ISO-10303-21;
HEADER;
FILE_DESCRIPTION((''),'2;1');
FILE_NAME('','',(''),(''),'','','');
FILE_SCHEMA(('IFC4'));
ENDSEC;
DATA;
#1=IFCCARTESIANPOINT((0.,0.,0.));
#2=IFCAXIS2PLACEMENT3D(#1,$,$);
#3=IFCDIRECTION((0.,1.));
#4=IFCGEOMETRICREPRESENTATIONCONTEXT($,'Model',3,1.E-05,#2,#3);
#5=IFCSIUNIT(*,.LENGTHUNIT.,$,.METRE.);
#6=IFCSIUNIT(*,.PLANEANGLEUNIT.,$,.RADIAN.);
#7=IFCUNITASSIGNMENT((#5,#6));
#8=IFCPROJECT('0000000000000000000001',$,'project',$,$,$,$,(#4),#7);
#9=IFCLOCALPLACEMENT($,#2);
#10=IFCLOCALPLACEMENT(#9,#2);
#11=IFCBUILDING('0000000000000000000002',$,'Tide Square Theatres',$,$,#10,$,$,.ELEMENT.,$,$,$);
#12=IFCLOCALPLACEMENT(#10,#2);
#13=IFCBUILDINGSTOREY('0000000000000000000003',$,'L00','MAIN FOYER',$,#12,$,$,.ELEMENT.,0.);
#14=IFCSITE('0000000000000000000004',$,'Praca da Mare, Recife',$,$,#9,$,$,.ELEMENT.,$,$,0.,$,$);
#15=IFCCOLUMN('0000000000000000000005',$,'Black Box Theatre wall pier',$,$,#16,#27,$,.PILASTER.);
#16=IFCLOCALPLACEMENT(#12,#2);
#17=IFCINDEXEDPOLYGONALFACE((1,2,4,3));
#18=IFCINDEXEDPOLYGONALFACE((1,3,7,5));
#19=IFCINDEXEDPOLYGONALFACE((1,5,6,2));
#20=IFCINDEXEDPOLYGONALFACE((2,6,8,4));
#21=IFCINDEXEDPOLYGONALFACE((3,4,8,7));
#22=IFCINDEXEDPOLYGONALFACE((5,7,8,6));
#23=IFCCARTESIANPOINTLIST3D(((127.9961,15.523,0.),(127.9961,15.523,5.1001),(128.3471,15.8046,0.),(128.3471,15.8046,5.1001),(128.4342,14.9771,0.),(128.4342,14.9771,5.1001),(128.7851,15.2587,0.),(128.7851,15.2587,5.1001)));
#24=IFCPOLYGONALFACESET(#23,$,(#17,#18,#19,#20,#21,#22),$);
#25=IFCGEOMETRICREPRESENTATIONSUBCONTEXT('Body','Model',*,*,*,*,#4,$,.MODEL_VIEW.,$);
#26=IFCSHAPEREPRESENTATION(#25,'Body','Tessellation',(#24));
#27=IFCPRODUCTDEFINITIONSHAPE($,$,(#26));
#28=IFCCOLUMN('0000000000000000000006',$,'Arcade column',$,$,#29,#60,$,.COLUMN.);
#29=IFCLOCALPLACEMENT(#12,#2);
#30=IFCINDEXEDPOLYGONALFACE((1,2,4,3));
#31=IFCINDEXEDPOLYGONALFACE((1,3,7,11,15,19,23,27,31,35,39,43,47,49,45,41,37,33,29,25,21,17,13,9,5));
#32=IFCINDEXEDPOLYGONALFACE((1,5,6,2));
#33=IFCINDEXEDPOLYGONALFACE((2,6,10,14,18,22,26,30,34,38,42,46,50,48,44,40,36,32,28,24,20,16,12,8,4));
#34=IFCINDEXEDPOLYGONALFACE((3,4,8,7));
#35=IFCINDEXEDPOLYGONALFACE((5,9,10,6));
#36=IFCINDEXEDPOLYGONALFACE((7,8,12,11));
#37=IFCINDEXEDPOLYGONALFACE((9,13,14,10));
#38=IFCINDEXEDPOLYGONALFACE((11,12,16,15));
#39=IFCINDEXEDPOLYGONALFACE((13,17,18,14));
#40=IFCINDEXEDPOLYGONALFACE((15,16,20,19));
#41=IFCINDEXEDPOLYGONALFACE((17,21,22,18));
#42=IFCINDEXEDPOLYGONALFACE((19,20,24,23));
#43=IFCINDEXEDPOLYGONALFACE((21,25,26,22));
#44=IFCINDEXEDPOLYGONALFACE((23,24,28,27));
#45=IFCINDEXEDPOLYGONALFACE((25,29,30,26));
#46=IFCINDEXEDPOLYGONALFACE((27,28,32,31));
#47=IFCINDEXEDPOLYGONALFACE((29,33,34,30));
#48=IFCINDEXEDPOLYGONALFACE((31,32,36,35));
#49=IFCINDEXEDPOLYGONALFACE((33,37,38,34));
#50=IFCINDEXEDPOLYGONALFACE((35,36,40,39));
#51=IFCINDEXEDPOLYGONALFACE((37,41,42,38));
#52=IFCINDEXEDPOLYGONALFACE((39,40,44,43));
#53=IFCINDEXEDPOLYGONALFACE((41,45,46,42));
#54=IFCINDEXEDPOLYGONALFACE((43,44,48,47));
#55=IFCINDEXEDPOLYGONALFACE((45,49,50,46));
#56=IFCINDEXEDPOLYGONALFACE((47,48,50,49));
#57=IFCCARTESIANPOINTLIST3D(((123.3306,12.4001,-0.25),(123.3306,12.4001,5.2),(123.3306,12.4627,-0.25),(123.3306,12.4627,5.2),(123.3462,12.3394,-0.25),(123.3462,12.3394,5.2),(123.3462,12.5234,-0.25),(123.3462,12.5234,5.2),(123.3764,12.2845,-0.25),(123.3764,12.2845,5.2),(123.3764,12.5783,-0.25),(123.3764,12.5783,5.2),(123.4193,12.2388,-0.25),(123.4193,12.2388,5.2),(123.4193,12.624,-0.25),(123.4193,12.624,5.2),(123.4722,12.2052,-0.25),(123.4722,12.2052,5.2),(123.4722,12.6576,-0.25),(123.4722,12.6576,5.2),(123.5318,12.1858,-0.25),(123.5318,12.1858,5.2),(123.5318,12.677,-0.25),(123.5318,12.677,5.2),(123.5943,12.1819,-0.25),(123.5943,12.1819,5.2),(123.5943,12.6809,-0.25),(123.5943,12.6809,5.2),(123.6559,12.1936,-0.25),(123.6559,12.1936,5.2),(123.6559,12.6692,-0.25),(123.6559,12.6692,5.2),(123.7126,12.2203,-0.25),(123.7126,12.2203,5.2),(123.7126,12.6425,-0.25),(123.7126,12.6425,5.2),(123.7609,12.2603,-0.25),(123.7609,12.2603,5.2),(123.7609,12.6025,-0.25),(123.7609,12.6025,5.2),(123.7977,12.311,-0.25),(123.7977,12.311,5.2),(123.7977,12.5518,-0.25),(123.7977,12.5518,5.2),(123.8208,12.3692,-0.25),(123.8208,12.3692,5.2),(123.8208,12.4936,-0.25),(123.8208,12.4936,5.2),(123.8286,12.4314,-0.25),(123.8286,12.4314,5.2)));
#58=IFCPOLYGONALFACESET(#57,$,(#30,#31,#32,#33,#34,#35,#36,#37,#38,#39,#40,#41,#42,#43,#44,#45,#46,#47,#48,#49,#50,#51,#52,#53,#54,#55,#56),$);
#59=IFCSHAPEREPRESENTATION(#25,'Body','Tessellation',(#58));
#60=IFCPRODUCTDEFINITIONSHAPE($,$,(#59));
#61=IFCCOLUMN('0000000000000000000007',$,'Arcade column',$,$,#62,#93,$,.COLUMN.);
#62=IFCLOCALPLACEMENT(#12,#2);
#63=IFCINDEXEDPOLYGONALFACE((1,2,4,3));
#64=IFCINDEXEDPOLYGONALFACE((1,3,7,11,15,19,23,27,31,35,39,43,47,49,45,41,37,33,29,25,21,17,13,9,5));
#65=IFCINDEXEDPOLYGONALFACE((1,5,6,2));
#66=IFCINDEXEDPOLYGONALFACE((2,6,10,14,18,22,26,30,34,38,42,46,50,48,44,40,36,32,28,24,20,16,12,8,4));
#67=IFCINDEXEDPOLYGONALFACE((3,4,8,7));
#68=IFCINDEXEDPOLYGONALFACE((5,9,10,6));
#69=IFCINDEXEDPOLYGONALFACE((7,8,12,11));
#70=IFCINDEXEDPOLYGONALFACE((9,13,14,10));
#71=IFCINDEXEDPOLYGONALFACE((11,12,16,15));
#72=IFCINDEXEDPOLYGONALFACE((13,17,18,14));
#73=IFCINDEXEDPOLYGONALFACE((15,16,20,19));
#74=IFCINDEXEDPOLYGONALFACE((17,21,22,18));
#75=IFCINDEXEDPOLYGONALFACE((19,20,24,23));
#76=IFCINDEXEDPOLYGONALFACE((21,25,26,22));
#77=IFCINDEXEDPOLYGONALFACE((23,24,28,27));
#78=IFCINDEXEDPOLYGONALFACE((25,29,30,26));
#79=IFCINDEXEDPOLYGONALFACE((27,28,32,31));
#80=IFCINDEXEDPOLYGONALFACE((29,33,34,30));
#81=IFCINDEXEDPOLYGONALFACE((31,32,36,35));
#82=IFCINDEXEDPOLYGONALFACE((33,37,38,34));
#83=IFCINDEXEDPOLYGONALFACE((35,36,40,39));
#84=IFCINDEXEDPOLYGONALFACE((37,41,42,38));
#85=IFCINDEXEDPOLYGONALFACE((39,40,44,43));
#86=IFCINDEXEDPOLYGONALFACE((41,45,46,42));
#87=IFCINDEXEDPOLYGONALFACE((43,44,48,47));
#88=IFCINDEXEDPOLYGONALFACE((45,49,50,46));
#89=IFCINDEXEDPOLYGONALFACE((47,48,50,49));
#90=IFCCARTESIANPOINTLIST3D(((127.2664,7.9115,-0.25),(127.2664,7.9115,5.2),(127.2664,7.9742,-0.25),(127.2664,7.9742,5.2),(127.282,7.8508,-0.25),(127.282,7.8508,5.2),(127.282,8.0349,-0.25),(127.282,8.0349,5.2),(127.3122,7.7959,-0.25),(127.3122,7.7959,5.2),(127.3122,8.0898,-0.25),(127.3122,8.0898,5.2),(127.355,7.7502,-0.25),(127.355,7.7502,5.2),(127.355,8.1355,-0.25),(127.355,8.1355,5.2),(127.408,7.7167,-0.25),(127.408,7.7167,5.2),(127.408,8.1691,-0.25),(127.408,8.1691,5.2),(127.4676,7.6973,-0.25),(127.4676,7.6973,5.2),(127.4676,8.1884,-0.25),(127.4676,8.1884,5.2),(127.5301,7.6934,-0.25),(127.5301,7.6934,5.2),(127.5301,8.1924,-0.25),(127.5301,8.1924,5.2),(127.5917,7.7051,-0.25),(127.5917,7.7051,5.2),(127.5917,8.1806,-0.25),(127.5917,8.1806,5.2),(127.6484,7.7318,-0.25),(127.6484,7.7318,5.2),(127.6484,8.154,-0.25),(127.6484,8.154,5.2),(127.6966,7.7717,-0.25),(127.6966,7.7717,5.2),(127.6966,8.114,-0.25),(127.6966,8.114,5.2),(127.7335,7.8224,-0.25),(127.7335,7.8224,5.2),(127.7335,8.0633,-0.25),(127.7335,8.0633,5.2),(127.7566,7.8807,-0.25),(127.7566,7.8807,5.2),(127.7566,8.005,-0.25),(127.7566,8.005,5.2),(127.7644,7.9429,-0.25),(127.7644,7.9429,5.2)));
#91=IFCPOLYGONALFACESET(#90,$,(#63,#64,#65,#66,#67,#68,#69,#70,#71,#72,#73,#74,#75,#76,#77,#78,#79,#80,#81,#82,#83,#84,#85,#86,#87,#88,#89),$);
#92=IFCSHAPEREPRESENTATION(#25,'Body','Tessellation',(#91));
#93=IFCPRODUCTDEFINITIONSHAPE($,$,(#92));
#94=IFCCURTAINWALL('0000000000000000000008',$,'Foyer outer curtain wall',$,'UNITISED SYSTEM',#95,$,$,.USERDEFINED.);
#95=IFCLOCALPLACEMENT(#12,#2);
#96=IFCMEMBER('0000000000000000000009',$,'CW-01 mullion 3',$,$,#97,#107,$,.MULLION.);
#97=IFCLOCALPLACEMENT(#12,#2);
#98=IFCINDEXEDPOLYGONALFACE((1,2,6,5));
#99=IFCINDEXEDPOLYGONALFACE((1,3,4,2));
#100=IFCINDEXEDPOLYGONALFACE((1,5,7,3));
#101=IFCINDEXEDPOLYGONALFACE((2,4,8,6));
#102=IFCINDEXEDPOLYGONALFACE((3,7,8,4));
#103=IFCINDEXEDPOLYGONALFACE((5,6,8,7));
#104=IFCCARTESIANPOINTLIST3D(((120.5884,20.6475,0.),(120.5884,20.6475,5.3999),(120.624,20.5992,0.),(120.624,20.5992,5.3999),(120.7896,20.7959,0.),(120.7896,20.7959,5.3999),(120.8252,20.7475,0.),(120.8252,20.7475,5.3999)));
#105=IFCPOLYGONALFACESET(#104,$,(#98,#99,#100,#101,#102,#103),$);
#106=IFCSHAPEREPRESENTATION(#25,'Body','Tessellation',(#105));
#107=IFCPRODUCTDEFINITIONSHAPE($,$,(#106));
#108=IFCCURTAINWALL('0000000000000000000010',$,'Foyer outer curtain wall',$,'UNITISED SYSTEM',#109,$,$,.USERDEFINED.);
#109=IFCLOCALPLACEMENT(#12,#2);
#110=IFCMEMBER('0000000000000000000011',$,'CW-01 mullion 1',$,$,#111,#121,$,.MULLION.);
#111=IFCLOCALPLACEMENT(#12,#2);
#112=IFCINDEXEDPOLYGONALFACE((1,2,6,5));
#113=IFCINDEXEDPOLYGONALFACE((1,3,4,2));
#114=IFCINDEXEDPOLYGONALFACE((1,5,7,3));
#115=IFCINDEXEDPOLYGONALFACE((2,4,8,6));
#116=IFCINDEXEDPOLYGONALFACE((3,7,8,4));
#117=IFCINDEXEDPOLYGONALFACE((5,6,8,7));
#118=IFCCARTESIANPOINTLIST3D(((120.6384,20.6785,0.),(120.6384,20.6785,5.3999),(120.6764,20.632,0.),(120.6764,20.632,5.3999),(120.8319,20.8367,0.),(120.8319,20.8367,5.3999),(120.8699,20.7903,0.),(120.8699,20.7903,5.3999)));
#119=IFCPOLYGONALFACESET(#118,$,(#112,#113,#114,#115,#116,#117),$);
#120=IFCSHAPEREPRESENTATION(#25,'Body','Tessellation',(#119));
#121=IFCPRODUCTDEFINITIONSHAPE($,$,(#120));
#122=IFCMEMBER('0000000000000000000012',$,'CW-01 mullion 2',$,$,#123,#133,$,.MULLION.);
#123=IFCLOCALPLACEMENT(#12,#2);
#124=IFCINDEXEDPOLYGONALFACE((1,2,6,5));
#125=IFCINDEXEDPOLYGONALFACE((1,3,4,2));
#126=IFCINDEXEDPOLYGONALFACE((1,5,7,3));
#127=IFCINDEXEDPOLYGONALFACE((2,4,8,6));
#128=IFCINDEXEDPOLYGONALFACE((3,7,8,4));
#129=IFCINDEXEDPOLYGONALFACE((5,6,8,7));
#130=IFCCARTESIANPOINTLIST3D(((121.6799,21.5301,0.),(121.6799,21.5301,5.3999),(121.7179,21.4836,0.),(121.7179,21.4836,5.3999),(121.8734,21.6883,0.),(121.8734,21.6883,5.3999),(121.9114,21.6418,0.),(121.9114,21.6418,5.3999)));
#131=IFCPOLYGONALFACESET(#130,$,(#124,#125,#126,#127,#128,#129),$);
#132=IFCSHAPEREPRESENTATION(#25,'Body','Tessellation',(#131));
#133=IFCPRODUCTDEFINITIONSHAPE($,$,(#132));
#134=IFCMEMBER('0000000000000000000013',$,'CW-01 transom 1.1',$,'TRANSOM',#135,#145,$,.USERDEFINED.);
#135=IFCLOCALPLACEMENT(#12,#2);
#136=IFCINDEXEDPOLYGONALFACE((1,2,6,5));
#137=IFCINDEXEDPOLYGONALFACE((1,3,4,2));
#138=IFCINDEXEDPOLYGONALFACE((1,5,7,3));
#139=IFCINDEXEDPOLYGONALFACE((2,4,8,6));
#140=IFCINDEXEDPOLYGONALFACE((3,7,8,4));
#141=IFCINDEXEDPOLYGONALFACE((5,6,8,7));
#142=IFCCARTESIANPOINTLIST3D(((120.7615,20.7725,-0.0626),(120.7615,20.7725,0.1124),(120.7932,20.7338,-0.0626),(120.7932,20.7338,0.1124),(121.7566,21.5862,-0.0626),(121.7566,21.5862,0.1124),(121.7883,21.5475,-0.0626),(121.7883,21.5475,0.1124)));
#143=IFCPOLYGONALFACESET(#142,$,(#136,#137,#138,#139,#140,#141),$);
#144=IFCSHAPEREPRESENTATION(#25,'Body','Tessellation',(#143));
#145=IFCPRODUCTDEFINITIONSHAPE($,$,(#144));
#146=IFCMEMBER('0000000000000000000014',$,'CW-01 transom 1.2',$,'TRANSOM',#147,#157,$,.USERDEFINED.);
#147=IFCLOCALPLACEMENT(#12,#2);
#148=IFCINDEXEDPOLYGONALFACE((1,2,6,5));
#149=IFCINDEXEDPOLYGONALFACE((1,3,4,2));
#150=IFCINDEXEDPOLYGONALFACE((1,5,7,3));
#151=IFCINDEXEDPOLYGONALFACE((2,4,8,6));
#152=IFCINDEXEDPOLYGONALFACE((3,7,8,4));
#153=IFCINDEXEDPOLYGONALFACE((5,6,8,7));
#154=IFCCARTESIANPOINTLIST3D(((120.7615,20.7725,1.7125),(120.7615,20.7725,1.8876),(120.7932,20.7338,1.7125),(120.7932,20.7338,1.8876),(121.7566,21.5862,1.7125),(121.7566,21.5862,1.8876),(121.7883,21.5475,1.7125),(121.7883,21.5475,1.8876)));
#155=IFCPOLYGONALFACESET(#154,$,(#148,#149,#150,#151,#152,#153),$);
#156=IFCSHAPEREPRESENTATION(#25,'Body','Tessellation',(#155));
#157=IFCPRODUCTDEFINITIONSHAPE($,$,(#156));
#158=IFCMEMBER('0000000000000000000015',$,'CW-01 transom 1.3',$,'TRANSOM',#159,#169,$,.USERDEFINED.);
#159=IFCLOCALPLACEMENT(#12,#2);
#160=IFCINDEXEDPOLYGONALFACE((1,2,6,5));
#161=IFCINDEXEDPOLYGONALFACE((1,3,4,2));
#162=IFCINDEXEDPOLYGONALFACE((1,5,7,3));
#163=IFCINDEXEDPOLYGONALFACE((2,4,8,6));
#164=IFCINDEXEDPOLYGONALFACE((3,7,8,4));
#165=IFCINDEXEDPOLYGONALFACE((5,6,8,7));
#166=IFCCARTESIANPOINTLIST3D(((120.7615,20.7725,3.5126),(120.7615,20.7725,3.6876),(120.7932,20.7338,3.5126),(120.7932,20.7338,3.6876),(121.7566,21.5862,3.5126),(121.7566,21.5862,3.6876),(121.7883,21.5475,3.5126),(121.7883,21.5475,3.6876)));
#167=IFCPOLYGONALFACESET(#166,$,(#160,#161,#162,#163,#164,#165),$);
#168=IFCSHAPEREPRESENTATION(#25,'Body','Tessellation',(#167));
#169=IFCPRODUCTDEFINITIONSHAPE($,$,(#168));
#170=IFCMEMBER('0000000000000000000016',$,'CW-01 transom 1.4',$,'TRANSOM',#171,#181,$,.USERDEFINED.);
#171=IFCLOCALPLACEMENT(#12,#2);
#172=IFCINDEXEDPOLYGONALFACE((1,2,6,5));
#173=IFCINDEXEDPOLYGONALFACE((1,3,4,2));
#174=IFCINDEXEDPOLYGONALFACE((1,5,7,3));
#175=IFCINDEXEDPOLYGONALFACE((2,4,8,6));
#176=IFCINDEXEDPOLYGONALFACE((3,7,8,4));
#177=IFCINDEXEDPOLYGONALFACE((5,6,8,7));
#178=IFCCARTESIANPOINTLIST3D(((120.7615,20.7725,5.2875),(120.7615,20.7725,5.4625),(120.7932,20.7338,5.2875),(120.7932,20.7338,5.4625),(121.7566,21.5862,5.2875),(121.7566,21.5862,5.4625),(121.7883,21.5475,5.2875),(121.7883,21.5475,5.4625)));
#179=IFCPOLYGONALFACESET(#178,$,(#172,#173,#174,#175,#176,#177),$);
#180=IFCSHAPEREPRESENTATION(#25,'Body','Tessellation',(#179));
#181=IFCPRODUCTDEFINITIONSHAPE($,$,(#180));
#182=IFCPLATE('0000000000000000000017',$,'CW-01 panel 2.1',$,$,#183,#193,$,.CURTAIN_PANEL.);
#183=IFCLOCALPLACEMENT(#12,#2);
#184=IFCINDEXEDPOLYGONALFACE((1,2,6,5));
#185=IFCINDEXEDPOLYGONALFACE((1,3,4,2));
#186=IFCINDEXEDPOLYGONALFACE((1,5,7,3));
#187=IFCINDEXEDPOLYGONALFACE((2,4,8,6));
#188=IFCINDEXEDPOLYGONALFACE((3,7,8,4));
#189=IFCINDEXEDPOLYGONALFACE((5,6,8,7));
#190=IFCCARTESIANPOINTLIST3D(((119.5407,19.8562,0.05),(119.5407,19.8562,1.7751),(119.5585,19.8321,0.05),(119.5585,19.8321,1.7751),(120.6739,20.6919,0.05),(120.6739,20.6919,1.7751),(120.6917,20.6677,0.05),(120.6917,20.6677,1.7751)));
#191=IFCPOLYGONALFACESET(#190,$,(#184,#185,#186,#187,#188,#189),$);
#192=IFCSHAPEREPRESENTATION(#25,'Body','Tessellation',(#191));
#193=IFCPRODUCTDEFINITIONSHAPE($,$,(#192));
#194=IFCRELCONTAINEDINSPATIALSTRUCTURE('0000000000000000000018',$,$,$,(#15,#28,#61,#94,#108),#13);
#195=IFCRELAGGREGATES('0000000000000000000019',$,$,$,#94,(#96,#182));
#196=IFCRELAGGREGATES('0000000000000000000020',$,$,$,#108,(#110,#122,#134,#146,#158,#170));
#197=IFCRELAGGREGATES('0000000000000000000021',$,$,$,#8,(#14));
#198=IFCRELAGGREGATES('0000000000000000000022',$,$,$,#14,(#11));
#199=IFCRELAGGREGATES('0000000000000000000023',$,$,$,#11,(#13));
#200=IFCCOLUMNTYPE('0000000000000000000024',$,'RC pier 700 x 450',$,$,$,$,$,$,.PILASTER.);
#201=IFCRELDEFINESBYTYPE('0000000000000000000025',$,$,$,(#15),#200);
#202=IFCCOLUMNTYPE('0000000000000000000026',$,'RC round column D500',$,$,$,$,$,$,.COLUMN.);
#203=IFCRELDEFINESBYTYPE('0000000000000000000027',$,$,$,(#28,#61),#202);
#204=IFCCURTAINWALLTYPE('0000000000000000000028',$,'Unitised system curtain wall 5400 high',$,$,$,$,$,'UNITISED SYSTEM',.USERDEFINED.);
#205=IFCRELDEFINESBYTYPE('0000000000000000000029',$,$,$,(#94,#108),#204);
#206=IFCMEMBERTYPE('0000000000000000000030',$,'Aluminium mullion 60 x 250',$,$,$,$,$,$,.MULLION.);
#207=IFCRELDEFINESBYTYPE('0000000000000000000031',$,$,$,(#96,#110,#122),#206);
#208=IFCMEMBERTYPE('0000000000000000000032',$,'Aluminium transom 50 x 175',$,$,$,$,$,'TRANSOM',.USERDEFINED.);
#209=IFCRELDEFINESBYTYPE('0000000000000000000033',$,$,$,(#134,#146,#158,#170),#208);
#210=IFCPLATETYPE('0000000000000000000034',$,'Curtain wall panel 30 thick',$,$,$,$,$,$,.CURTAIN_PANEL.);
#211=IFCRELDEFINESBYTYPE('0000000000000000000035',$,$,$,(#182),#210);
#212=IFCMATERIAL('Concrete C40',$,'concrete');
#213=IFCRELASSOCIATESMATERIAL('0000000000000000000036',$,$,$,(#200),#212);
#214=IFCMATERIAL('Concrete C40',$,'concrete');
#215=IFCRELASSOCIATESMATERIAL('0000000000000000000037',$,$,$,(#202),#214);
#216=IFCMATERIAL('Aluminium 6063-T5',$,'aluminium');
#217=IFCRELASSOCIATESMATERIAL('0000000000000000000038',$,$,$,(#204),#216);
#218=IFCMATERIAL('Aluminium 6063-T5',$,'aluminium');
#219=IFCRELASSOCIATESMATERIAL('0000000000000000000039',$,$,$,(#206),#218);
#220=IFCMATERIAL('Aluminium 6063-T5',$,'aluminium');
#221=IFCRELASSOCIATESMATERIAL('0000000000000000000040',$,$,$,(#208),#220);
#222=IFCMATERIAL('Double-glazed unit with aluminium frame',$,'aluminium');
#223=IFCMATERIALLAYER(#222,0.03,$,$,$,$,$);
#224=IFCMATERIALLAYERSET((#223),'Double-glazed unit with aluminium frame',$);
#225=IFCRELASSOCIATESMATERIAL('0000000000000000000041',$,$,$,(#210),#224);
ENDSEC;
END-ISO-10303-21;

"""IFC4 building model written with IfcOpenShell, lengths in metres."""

from ifc_helpers import new_model, si_unit, direction, frame, origin, origin_2d, place, context, subcontext, project, spatial, rectangle, circle, extrude, material, layer, layer_set, material_profile, profile_set, type_object, element, aggregate, save


model = new_model("IFC4")

# Units and contexts
model_context = context("Model", 3, precision=1e-05, world=origin(), true_north=direction((0.0, 1.0)))
body_context = subcontext(model_context, "Body", "Model", "MODEL_VIEW")
ifc_project = project(units=[si_unit("LENGTHUNIT", "METRE"), si_unit("PLANEANGLEUNIT", "RADIAN")], contexts=[model_context])

# Site, building, storey
site_placement = place(None, origin())
site = spatial("IfcSite", under=ifc_project, at=site_placement, Name="Praca da Mare, Recife", CompositionType="ELEMENT", RefElevation=0.0)
building_placement = place(site_placement, origin())
building = spatial("IfcBuilding", under=site, at=building_placement, Name="Tide Square Theatres", CompositionType="ELEMENT")
storey_placement = place(building_placement, origin())
storey = spatial("IfcBuildingStorey", under=building, at=storey_placement, Name="L00", Description="MAIN FOYER", CompositionType="ELEMENT", Elevation=0.0)

# Columns
ifc_material_1 = material(Name="Concrete C40", Category="concrete")
ifc_material_profile_1 = material_profile(ifc_material_1, rectangle(XDim=0.7, YDim=0.45, at=origin_2d()))
ifc_profile_set_1 = profile_set([ifc_material_profile_1], Name="Concrete C40")
column_type_1 = type_object("IfcColumnType", Name="RC pier 700 x 450", PredefinedType="PILASTER", material=ifc_profile_set_1)
column_placement = place(storey_placement, frame((128.3906, 15.3909, 0.0), z_axis=(0.0, 0.0, 1.0), x_axis=(0.625819, -0.779968, 0.0)))
element("IfcColumn", 1, at=column_placement, inside=storey, type_object=column_type_1, Name="Black Box Theatre wall pier", PredefinedType="PILASTER", context=body_context, shape_type="SweptSolid", body=[
    extrude(rectangle(XDim=0.7, YDim=0.45, at=origin_2d()), origin(), (0.0, 0.0, 1.0), 5.1001),
])
ifc_material_2 = material(Name="Concrete C40", Category="concrete")
ifc_material_profile_2 = material_profile(ifc_material_2, circle(Radius=0.25, at=origin_2d()))
ifc_profile_set_2 = profile_set([ifc_material_profile_2], Name="Concrete C40")
column_type_2 = type_object("IfcColumnType", Name="RC round column D500", PredefinedType="COLUMN", material=ifc_profile_set_2)
for number, where, z_axis, x_axis, name in (
    (2, (123.5786, 12.4314, -0.25), (0.0, 0.0, 1.0), (1.0, 0.0, 0.0), "Arcade column"),
    (3, (127.5144, 7.9429, -0.25), (0.0, 0.0, 1.0), (1.0, 0.0, 0.0), "Arcade column"),
):
    element("IfcColumn", number, at=place(storey_placement, frame(where, z_axis=z_axis, x_axis=x_axis)), inside=storey, type_object=column_type_2, Name=name, PredefinedType="COLUMN", context=body_context, shape_type="SweptSolid", body=[
        extrude(circle(Radius=0.25, at=origin_2d()), origin(), (0.0, 0.0, 1.0), 5.45),
    ])

# Curtain wall, member
ifc_material_3 = material(Name="Aluminium 6063-T5", Category="aluminium")
curtain_wall_type = type_object("IfcCurtainWallType", Name="Unitised system curtain wall 5400 high", ElementType="UNITISED SYSTEM", PredefinedType="USERDEFINED", material=ifc_material_3)
curtain_wall_1_placement = place(storey_placement, origin())
curtain_wall_1 = element("IfcCurtainWall", 4, at=curtain_wall_1_placement, inside=storey, type_object=curtain_wall_type, Name="Foyer outer curtain wall", ObjectType="UNITISED SYSTEM", PredefinedType="USERDEFINED")
ifc_material_4 = material(Name="Aluminium 6063-T5", Category="aluminium")
ifc_material_profile_3 = material_profile(ifc_material_4, rectangle(XDim=0.0601, YDim=0.25, at=origin_2d()))
ifc_profile_set_3 = profile_set([ifc_material_profile_3], Name="Aluminium 6063-T5")
member_type_1 = type_object("IfcMemberType", Name="Aluminium mullion 60 x 250", PredefinedType="MULLION", material=ifc_profile_set_3)
member_1_placement = place(storey_placement, frame((120.7068, 20.6975, 0.0), z_axis=(0.0, 0.0, 1.0), x_axis=(-0.593508, 0.804828, 0.0)))
member_1 = element("IfcMember", 5, at=member_1_placement, type_object=member_type_1, Name="CW-01 mullion 3", PredefinedType="MULLION", context=body_context, shape_type="SweptSolid", body=[
    extrude(rectangle(XDim=0.0601, YDim=0.25, at=origin_2d()), origin(), (0.0, 0.0, 1.0), 5.3999),
])

# Curtain wall, members
curtain_wall_2_placement = place(storey_placement, origin())
curtain_wall_2 = element("IfcCurtainWall", 6, at=curtain_wall_2_placement, inside=storey, type_object=curtain_wall_type, Name="Foyer outer curtain wall", ObjectType="UNITISED SYSTEM", PredefinedType="USERDEFINED")
member_2_placement = place(storey_placement, frame((120.7542, 20.7344, 0.0), z_axis=(0.0, 0.0, 1.0), x_axis=(-0.633026, 0.774131, 0.0)))
member_2 = element("IfcMember", 7, at=member_2_placement, type_object=member_type_1, Name="CW-01 mullion 1", PredefinedType="MULLION", context=body_context, shape_type="SweptSolid", body=[
    extrude(rectangle(XDim=0.0601, YDim=0.25, at=origin_2d()), origin(), (0.0, 0.0, 1.0), 5.3999),
])
member_3_placement = place(storey_placement, frame((121.7957, 21.5859, 0.0), z_axis=(0.0, 0.0, 1.0), x_axis=(-0.633026, 0.774131, 0.0)))
member_3 = element("IfcMember", 8, at=member_3_placement, type_object=member_type_1, Name="CW-01 mullion 2", PredefinedType="MULLION", context=body_context, shape_type="SweptSolid", body=[
    extrude(rectangle(XDim=0.0601, YDim=0.25, at=origin_2d()), origin(), (0.0, 0.0, 1.0), 5.3999),
])
ifc_material_5 = material(Name="Aluminium 6063-T5", Category="aluminium")
ifc_material_profile_4 = material_profile(ifc_material_5, rectangle(XDim=0.05, YDim=0.175, at=origin_2d()))
ifc_profile_set_4 = profile_set([ifc_material_profile_4], Name="Aluminium 6063-T5")
member_type_2 = type_object("IfcMemberType", Name="Aluminium transom 50 x 175", ElementType="TRANSOM", PredefinedType="USERDEFINED", material=ifc_profile_set_4)
member_4_placement = place(storey_placement, frame((120.7773, 20.7532, 0.0249), z_axis=(0.774135, 0.633021, 0.0), x_axis=(-0.633021, 0.774135, 0.0)))
member_4 = element("IfcMember", 9, at=member_4_placement, type_object=member_type_2, Name="CW-01 transom 1.1", ObjectType="TRANSOM", PredefinedType="USERDEFINED", context=body_context, shape_type="SweptSolid", body=[
    extrude(rectangle(XDim=0.05, YDim=0.175, at=origin_2d()), origin(), (0.0, 0.0, 1.0), 1.2854),
])
member_5_placement = place(storey_placement, frame((120.7773, 20.7532, 1.8), z_axis=(0.774135, 0.633021, 0.0), x_axis=(-0.633021, 0.774135, 0.0)))
member_5 = element("IfcMember", 10, at=member_5_placement, type_object=member_type_2, Name="CW-01 transom 1.2", ObjectType="TRANSOM", PredefinedType="USERDEFINED", context=body_context, shape_type="SweptSolid", body=[
    extrude(rectangle(XDim=0.05, YDim=0.175, at=origin_2d()), origin(), (0.0, 0.0, 1.0), 1.2854),
])
member_6_placement = place(storey_placement, frame((120.7773, 20.7532, 3.6001), z_axis=(0.774135, 0.633021, 0.0), x_axis=(-0.633021, 0.774135, 0.0)))
member_6 = element("IfcMember", 11, at=member_6_placement, type_object=member_type_2, Name="CW-01 transom 1.3", ObjectType="TRANSOM", PredefinedType="USERDEFINED", context=body_context, shape_type="SweptSolid", body=[
    extrude(rectangle(XDim=0.05, YDim=0.175, at=origin_2d()), origin(), (0.0, 0.0, 1.0), 1.2854),
])
member_7_placement = place(storey_placement, frame((120.7773, 20.7532, 5.375), z_axis=(0.774135, 0.633021, 0.0), x_axis=(-0.633021, 0.774135, 0.0)))
member_7 = element("IfcMember", 12, at=member_7_placement, type_object=member_type_2, Name="CW-01 transom 1.4", ObjectType="TRANSOM", PredefinedType="USERDEFINED", context=body_context, shape_type="SweptSolid", body=[
    extrude(rectangle(XDim=0.05, YDim=0.175, at=origin_2d()), origin(), (0.0, 0.0, 1.0), 1.2854),
])

# Plate
ifc_material_6 = material(Name="Double-glazed unit with aluminium frame", Category="aluminium")
ifc_layer_1 = layer(ifc_material_6, 0.03)
ifc_layer_set_1 = layer_set([ifc_layer_1], Name="Double-glazed unit with aluminium frame")
plate_type = type_object("IfcPlateType", Name="Curtain wall panel 30 thick", PredefinedType="CURTAIN_PANEL", material=ifc_layer_set_1)
plate_1_placement = place(storey_placement, frame((120.1162, 20.262, 0.05), z_axis=(0.0, 0.0, 1.0), x_axis=(0.804828, 0.593508, 0.0)))
plate_1 = element("IfcPlate", 13, at=plate_1_placement, type_object=plate_type, Name="CW-01 panel 2.1", PredefinedType="CURTAIN_PANEL", context=body_context, shape_type="SweptSolid", body=[
    extrude(rectangle(XDim=1.408, YDim=0.03, at=origin_2d()), origin(), (0.0, 0.0, 1.0), 1.7251),
])
aggregate(curtain_wall_1, [member_1, plate_1])
aggregate(curtain_wall_2, [member_2, member_3, member_4, member_5, member_6, member_7])

save(model, "model.ifc")
